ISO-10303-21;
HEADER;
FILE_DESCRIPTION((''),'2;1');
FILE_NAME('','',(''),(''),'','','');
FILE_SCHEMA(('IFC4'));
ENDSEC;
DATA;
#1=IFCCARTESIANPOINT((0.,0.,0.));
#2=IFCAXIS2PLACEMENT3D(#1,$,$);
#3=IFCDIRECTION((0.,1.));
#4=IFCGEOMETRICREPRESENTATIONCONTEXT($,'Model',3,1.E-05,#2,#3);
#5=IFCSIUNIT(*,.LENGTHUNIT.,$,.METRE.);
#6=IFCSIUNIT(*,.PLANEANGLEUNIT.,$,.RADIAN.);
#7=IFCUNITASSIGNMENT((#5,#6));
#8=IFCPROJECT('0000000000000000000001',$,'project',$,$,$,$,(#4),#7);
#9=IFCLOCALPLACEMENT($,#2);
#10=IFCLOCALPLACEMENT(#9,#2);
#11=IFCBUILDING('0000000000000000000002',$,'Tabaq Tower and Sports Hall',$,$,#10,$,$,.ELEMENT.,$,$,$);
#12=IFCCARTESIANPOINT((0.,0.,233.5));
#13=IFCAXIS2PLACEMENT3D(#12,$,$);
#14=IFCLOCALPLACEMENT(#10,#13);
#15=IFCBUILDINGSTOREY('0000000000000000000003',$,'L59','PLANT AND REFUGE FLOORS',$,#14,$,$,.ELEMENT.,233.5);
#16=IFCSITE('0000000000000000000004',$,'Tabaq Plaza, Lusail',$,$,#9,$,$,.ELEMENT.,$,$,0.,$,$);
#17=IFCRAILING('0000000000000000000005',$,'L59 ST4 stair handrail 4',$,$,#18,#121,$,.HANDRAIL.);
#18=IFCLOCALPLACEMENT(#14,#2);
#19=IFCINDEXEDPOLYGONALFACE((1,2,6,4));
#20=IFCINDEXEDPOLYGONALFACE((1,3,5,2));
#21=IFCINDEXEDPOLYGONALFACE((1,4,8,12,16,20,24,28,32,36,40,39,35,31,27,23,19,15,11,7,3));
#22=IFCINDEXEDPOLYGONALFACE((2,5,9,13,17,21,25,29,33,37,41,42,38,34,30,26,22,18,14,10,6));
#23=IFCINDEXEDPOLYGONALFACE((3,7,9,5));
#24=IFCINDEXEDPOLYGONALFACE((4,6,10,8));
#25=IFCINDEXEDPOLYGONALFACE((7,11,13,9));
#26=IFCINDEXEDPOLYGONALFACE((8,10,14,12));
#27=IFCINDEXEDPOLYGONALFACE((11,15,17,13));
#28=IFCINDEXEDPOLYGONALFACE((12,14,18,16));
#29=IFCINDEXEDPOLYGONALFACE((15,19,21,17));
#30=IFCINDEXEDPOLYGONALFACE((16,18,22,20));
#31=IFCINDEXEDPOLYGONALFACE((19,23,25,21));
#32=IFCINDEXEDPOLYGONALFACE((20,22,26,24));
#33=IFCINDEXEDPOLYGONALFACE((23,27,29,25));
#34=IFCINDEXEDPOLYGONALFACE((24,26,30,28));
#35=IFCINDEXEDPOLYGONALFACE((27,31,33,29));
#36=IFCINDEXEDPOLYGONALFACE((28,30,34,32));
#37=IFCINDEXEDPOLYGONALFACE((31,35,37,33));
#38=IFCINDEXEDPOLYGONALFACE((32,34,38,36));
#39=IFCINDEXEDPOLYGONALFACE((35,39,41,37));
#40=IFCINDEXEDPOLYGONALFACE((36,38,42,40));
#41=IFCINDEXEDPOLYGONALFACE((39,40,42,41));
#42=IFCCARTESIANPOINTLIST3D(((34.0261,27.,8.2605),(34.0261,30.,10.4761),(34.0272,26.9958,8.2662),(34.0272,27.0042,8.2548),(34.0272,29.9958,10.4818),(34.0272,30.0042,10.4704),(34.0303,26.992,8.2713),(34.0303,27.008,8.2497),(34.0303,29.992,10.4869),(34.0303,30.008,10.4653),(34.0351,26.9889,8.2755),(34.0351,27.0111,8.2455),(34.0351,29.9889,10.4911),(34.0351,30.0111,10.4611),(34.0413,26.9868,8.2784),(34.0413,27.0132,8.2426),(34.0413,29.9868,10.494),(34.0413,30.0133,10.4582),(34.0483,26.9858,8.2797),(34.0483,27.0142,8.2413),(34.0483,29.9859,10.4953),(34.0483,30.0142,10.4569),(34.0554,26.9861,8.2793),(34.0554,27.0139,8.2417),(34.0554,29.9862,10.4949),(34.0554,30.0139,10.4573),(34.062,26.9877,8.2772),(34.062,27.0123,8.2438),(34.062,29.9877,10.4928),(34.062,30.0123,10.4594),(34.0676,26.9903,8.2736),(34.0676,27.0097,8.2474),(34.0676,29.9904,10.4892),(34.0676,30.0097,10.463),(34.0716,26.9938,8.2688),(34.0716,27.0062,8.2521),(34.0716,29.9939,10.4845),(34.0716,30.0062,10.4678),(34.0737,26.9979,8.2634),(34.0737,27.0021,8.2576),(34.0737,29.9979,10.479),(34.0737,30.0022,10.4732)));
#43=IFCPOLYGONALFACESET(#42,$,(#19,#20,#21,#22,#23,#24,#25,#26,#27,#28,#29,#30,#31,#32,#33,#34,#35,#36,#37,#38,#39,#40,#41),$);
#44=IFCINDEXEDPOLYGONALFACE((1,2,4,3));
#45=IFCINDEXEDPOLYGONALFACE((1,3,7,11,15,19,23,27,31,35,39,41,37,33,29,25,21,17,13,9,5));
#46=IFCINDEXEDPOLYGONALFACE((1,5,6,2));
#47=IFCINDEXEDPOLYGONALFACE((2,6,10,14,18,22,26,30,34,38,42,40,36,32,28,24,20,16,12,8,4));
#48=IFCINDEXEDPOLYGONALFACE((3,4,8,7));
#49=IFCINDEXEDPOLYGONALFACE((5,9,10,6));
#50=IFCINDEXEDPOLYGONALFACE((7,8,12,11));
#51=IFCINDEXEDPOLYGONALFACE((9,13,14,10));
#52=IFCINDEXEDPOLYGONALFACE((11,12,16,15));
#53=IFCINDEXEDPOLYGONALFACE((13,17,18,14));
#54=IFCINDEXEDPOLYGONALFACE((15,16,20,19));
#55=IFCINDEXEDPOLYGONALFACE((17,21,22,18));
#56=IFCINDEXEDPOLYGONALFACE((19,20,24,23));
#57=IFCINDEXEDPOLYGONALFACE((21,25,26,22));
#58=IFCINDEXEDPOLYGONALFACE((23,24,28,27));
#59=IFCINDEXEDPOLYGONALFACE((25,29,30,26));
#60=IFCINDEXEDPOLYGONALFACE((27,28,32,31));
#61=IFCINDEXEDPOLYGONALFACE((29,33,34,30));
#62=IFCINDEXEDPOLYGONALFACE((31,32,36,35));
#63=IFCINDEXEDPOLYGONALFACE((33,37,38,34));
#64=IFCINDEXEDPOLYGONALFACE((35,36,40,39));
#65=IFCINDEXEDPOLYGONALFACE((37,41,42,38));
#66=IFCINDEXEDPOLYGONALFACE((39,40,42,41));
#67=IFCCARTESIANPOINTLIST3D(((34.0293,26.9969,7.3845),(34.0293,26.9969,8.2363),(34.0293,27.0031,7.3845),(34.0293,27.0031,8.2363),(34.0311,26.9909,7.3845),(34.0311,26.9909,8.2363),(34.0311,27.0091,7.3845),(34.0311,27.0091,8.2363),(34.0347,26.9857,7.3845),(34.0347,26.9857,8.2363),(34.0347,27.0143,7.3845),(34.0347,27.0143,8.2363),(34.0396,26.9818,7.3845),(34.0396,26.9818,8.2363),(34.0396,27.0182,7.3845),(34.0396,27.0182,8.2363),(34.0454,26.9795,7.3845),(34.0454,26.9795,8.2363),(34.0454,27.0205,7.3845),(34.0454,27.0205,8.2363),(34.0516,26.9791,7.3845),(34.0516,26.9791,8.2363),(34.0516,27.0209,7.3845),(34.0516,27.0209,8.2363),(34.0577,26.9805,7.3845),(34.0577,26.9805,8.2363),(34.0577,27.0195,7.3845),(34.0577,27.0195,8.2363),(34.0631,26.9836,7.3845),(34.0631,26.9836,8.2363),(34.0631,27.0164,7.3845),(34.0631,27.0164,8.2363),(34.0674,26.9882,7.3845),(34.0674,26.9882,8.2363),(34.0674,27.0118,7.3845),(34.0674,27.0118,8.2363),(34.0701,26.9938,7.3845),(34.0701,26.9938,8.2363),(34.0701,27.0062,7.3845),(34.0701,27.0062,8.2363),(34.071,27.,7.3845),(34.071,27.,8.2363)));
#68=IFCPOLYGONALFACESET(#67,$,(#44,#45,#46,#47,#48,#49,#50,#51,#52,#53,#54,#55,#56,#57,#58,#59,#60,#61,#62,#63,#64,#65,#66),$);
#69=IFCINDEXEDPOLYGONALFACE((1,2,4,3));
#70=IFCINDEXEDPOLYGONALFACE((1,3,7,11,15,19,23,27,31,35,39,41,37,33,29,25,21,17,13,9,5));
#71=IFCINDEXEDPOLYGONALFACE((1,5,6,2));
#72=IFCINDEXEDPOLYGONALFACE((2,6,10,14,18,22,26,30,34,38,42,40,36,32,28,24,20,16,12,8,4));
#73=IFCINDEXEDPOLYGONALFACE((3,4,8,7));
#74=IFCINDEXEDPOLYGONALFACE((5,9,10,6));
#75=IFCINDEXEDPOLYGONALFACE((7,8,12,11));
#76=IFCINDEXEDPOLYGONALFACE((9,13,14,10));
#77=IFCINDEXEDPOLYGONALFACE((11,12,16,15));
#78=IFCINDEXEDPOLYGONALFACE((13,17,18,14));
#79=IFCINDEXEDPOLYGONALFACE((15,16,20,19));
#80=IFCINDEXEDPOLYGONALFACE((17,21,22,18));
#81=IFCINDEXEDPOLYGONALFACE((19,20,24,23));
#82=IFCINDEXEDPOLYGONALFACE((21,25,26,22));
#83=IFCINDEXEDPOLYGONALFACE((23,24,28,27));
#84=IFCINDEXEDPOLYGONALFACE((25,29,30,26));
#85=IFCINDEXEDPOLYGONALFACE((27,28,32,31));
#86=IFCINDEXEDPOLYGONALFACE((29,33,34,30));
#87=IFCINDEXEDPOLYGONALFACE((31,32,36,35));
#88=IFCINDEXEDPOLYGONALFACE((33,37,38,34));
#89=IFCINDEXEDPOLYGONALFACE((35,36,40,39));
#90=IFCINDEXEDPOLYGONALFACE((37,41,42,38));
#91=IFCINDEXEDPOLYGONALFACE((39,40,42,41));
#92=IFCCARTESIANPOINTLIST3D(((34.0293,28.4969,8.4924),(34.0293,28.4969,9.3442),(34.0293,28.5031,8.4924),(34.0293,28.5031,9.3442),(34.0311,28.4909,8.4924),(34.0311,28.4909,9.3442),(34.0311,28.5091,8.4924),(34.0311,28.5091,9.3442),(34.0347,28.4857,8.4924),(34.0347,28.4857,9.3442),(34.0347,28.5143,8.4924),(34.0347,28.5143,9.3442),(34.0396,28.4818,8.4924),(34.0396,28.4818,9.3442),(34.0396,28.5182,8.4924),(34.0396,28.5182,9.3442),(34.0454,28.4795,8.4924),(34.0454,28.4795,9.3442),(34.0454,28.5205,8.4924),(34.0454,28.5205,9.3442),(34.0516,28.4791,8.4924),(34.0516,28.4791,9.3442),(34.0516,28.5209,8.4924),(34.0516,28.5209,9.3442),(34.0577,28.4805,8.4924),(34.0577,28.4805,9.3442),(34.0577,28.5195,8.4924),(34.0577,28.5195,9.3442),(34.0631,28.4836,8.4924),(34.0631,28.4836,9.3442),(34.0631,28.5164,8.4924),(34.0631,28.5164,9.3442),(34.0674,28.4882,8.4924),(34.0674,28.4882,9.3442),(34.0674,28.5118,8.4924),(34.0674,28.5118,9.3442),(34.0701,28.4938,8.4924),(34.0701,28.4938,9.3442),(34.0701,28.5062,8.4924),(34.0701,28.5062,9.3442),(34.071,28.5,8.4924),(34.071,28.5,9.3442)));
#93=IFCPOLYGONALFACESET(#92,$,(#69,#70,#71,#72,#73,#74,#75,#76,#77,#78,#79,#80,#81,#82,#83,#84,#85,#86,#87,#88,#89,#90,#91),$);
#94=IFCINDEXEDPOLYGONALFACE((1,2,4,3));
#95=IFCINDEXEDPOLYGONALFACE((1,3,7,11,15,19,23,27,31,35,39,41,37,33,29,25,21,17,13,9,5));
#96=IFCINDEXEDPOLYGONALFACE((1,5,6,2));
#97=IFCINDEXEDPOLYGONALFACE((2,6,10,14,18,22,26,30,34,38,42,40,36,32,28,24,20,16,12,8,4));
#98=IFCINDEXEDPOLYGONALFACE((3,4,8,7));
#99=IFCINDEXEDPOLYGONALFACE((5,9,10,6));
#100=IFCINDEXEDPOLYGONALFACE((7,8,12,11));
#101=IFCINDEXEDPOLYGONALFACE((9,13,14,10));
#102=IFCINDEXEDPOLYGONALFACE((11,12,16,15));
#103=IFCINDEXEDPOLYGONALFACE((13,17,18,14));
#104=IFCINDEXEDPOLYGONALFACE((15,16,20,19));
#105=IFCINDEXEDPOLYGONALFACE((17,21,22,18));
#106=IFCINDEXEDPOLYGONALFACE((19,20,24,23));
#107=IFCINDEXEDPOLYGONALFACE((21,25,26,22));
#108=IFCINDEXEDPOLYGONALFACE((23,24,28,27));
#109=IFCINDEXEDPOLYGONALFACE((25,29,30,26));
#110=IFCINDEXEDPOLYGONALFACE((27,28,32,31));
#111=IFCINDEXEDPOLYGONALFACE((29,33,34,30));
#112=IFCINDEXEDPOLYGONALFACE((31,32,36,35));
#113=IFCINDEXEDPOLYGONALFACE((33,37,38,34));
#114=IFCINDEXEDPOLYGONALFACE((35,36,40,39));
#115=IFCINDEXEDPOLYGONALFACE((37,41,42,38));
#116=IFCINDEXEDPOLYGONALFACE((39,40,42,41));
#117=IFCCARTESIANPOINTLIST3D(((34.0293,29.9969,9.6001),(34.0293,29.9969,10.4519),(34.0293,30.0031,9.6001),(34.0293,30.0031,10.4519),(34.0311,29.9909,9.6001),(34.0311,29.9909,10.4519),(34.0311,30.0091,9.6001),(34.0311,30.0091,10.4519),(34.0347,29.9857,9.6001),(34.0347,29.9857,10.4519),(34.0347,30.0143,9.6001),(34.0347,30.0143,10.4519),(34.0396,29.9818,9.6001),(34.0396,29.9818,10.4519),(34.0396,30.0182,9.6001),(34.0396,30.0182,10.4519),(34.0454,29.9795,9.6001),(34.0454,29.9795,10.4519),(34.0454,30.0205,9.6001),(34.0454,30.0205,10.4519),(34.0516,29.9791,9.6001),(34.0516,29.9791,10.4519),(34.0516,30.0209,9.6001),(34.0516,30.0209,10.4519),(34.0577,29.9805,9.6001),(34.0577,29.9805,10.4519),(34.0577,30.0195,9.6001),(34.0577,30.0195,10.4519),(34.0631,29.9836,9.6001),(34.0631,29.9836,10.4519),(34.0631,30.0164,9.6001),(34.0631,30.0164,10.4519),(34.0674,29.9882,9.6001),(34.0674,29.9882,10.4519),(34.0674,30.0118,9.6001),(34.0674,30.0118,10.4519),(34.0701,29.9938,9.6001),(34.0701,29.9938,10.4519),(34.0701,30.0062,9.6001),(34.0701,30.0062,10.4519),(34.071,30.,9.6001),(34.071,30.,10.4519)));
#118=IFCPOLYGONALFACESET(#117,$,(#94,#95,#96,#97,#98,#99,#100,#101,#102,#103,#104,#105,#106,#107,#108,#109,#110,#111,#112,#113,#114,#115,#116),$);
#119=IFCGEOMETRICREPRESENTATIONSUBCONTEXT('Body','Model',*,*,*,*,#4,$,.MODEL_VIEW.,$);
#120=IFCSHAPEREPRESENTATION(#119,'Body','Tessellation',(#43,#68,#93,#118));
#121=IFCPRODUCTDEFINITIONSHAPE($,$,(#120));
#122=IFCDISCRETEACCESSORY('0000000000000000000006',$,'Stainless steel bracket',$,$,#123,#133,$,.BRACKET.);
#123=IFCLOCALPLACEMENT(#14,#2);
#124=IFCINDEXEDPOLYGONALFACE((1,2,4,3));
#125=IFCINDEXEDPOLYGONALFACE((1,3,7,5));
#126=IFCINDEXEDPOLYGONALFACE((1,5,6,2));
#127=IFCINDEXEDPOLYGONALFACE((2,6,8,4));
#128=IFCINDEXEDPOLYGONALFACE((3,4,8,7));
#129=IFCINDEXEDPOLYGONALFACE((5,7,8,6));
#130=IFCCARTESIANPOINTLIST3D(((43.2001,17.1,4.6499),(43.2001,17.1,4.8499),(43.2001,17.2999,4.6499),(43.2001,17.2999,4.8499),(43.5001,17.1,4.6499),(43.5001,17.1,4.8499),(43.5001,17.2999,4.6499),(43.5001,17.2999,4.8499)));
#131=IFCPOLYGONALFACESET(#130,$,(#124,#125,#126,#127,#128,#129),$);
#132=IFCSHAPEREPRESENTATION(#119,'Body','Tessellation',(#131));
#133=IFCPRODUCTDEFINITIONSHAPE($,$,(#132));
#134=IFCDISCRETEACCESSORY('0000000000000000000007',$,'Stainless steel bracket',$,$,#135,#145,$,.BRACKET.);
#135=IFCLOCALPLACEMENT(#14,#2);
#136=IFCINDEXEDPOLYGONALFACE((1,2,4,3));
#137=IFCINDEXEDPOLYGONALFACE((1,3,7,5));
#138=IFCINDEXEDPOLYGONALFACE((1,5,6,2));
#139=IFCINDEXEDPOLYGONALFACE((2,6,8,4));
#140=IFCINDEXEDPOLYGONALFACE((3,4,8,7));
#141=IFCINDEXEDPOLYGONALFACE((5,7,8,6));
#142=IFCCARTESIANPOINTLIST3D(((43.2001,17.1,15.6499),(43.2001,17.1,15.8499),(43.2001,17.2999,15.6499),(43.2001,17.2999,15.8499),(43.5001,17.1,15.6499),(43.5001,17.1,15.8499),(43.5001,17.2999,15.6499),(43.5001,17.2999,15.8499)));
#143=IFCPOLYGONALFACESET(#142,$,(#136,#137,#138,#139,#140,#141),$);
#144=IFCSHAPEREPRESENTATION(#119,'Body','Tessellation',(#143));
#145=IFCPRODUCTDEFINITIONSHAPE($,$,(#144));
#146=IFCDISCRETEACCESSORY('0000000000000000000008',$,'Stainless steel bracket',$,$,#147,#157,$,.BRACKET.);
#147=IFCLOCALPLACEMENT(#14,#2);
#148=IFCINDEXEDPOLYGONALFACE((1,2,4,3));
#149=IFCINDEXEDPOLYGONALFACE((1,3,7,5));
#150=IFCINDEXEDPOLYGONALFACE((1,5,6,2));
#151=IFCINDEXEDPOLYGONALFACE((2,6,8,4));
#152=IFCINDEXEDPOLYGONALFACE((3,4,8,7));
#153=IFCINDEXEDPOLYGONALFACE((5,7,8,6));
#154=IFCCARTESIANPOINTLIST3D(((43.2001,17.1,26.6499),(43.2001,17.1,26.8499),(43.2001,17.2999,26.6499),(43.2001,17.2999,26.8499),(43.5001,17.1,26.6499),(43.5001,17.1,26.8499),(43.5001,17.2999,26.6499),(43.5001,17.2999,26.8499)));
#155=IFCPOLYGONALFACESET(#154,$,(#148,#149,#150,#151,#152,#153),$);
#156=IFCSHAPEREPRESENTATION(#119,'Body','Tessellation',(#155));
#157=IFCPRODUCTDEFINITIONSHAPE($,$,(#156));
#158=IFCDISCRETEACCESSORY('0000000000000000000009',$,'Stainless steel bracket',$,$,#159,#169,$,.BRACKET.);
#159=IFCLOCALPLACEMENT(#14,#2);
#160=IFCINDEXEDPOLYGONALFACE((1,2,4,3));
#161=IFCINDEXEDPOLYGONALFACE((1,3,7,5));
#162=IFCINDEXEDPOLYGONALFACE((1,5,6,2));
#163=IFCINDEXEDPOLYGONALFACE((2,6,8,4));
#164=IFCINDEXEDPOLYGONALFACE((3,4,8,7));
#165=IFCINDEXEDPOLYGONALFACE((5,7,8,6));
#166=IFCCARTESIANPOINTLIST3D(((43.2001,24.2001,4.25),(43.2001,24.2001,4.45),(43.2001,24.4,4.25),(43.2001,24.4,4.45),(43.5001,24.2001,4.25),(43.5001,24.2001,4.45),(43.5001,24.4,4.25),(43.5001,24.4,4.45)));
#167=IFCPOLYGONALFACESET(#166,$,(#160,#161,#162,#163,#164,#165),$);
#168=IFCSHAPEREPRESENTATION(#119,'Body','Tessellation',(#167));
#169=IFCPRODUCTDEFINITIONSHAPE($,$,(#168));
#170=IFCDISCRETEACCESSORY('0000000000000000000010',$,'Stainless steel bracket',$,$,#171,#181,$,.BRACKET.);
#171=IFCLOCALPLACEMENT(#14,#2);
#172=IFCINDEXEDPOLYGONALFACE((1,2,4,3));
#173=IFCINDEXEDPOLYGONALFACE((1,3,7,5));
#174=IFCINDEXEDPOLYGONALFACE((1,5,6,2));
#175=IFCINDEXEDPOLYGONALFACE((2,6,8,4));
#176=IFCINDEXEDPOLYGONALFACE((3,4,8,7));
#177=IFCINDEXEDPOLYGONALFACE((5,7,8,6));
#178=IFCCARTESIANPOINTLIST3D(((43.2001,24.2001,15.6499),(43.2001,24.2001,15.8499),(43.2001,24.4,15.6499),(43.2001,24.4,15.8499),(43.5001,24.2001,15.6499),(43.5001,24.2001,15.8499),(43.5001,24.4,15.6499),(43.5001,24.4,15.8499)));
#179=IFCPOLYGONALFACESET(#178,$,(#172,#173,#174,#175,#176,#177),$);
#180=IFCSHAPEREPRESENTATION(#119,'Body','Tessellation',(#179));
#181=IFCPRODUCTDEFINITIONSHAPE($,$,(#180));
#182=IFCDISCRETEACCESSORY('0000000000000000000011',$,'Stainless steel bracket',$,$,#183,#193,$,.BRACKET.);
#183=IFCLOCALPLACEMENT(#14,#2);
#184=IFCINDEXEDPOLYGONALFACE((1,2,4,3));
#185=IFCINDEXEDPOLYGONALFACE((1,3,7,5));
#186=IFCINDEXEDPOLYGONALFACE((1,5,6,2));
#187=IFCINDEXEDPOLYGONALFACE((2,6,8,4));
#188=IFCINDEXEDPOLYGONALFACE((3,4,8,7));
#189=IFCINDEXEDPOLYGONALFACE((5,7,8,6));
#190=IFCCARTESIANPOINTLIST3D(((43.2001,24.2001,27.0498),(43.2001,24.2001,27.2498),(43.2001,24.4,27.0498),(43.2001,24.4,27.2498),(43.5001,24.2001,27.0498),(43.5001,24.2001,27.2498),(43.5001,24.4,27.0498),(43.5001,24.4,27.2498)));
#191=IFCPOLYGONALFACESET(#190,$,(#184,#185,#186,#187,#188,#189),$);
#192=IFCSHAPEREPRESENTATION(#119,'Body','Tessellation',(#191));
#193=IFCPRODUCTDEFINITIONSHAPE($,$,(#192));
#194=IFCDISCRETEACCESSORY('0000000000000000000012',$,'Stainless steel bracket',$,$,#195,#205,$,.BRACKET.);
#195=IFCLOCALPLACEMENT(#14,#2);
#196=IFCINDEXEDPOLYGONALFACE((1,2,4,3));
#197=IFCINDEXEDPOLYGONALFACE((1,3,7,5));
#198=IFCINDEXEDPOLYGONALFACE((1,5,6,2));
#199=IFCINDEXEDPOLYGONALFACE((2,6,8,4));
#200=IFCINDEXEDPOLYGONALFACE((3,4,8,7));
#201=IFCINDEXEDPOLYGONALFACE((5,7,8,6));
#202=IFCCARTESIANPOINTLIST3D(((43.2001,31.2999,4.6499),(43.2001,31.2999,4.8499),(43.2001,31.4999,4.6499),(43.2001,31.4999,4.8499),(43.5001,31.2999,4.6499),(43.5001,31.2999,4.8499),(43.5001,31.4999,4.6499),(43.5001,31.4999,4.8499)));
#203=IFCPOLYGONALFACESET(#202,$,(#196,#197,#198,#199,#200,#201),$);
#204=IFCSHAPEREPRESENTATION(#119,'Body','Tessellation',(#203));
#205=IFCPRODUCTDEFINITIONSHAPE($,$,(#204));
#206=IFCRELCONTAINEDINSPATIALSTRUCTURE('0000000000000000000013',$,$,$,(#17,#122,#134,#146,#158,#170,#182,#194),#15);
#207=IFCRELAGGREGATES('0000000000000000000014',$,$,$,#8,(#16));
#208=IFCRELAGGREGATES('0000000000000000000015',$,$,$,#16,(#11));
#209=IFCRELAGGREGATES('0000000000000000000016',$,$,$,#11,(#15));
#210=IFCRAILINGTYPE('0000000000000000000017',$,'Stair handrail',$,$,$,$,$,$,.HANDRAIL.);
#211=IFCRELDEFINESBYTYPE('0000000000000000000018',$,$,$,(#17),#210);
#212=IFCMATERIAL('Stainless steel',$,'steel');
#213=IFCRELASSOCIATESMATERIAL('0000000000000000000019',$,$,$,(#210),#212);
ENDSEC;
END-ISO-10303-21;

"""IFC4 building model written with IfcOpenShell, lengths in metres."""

from ifc_helpers import new_model, si_unit, direction, frame, origin, origin_2d, place, context, subcontext, project, spatial, rectangle, circle, extrude, material, type_object, element, save


model = new_model("IFC4")

# Units and contexts
model_context = context("Model", 3, precision=1e-05, world=origin(), true_north=direction((0.0, 1.0)))
body_context = subcontext(model_context, "Body", "Model", "MODEL_VIEW")
ifc_project = project(units=[si_unit("LENGTHUNIT", "METRE"), si_unit("PLANEANGLEUNIT", "RADIAN")], contexts=[model_context])

# Site, building, storey
site_placement = place(None, origin())
site = spatial("IfcSite", under=ifc_project, at=site_placement, Name="Tabaq Plaza, Lusail", CompositionType="ELEMENT", RefElevation=0.0)
building_placement = place(site_placement, origin())
building = spatial("IfcBuilding", under=site, at=building_placement, Name="Tabaq Tower and Sports Hall", CompositionType="ELEMENT")
storey_placement = place(building_placement, frame((0.0, 0.0, 233.5)))
storey = spatial("IfcBuildingStorey", under=building, at=storey_placement, Name="L59", Description="PLANT AND REFUGE FLOORS", CompositionType="ELEMENT", Elevation=233.5)

# Railing
ifc_material_1 = material(Name="Stainless steel", Category="steel")
railing_type_1 = type_object("IfcRailingType", Name="Stair handrail", PredefinedType="HANDRAIL", material=ifc_material_1)
railing_1_placement = place(storey_placement, frame((34.05, 27.0, 7.3845)))
element("IfcRailing", 1, at=railing_1_placement, inside=storey, type_object=railing_type_1, Name="L59 ST4 stair handrail 4", PredefinedType="HANDRAIL", context=body_context, shape_type="SweptSolid", body=[
    extrude(circle(Radius=0.0239, at=origin_2d()), frame((0.0, 0.0, 0.876), z_axis=(0.0, 0.804409, 0.594076), x_axis=(-1.0, 0.0, 0.0)), (0.0, 0.0, 1.0), 3.7295),
    extrude(circle(Radius=0.021, at=origin_2d()), origin(), (0.0, 0.0, 1.0), 0.8518),
    extrude(circle(Radius=0.021, at=origin_2d()), frame((0.0, 1.5, 1.1079)), (0.0, 0.0, 1.0), 0.8518),
    extrude(circle(Radius=0.021, at=origin_2d()), frame((0.0, 3.0, 2.2156)), (0.0, 0.0, 1.0), 0.8518),
])

# Discrete accessories
for number, where, z_axis, x_axis, name in (
    (2, (43.3501, 17.2, 4.6499), (0.0, 0.0, 1.0), (0.0, 1.0, 0.0), "Stainless steel bracket"),
    (3, (43.3501, 17.2, 15.6499), (0.0, 0.0, 1.0), (0.0, 1.0, 0.0), "Stainless steel bracket"),
    (4, (43.3501, 17.2, 26.6499), (0.0, 0.0, 1.0), (0.0, 1.0, 0.0), "Stainless steel bracket"),
    (5, (43.3501, 24.3, 4.25), (0.0, 0.0, 1.0), (0.0, 1.0, 0.0), "Stainless steel bracket"),
    (6, (43.3501, 24.3, 15.6499), (0.0, 0.0, 1.0), (0.0, 1.0, 0.0), "Stainless steel bracket"),
    (7, (43.3501, 24.3, 27.0498), (0.0, 0.0, 1.0), (0.0, 1.0, 0.0), "Stainless steel bracket"),
    (8, (43.3501, 31.3999, 4.6499), (0.0, 0.0, 1.0), (0.0, 1.0, 0.0), "Stainless steel bracket"),
):
    element("IfcDiscreteAccessory", number, at=place(storey_placement, frame(where, z_axis=z_axis, x_axis=x_axis)), inside=storey, Name=name, PredefinedType="BRACKET", context=body_context, shape_type="SweptSolid", body=[
        extrude(rectangle(XDim=0.2, YDim=0.3, at=origin_2d()), origin(), (0.0, 0.0, 1.0), 0.2),
    ])

save(model, "model.ifc")
